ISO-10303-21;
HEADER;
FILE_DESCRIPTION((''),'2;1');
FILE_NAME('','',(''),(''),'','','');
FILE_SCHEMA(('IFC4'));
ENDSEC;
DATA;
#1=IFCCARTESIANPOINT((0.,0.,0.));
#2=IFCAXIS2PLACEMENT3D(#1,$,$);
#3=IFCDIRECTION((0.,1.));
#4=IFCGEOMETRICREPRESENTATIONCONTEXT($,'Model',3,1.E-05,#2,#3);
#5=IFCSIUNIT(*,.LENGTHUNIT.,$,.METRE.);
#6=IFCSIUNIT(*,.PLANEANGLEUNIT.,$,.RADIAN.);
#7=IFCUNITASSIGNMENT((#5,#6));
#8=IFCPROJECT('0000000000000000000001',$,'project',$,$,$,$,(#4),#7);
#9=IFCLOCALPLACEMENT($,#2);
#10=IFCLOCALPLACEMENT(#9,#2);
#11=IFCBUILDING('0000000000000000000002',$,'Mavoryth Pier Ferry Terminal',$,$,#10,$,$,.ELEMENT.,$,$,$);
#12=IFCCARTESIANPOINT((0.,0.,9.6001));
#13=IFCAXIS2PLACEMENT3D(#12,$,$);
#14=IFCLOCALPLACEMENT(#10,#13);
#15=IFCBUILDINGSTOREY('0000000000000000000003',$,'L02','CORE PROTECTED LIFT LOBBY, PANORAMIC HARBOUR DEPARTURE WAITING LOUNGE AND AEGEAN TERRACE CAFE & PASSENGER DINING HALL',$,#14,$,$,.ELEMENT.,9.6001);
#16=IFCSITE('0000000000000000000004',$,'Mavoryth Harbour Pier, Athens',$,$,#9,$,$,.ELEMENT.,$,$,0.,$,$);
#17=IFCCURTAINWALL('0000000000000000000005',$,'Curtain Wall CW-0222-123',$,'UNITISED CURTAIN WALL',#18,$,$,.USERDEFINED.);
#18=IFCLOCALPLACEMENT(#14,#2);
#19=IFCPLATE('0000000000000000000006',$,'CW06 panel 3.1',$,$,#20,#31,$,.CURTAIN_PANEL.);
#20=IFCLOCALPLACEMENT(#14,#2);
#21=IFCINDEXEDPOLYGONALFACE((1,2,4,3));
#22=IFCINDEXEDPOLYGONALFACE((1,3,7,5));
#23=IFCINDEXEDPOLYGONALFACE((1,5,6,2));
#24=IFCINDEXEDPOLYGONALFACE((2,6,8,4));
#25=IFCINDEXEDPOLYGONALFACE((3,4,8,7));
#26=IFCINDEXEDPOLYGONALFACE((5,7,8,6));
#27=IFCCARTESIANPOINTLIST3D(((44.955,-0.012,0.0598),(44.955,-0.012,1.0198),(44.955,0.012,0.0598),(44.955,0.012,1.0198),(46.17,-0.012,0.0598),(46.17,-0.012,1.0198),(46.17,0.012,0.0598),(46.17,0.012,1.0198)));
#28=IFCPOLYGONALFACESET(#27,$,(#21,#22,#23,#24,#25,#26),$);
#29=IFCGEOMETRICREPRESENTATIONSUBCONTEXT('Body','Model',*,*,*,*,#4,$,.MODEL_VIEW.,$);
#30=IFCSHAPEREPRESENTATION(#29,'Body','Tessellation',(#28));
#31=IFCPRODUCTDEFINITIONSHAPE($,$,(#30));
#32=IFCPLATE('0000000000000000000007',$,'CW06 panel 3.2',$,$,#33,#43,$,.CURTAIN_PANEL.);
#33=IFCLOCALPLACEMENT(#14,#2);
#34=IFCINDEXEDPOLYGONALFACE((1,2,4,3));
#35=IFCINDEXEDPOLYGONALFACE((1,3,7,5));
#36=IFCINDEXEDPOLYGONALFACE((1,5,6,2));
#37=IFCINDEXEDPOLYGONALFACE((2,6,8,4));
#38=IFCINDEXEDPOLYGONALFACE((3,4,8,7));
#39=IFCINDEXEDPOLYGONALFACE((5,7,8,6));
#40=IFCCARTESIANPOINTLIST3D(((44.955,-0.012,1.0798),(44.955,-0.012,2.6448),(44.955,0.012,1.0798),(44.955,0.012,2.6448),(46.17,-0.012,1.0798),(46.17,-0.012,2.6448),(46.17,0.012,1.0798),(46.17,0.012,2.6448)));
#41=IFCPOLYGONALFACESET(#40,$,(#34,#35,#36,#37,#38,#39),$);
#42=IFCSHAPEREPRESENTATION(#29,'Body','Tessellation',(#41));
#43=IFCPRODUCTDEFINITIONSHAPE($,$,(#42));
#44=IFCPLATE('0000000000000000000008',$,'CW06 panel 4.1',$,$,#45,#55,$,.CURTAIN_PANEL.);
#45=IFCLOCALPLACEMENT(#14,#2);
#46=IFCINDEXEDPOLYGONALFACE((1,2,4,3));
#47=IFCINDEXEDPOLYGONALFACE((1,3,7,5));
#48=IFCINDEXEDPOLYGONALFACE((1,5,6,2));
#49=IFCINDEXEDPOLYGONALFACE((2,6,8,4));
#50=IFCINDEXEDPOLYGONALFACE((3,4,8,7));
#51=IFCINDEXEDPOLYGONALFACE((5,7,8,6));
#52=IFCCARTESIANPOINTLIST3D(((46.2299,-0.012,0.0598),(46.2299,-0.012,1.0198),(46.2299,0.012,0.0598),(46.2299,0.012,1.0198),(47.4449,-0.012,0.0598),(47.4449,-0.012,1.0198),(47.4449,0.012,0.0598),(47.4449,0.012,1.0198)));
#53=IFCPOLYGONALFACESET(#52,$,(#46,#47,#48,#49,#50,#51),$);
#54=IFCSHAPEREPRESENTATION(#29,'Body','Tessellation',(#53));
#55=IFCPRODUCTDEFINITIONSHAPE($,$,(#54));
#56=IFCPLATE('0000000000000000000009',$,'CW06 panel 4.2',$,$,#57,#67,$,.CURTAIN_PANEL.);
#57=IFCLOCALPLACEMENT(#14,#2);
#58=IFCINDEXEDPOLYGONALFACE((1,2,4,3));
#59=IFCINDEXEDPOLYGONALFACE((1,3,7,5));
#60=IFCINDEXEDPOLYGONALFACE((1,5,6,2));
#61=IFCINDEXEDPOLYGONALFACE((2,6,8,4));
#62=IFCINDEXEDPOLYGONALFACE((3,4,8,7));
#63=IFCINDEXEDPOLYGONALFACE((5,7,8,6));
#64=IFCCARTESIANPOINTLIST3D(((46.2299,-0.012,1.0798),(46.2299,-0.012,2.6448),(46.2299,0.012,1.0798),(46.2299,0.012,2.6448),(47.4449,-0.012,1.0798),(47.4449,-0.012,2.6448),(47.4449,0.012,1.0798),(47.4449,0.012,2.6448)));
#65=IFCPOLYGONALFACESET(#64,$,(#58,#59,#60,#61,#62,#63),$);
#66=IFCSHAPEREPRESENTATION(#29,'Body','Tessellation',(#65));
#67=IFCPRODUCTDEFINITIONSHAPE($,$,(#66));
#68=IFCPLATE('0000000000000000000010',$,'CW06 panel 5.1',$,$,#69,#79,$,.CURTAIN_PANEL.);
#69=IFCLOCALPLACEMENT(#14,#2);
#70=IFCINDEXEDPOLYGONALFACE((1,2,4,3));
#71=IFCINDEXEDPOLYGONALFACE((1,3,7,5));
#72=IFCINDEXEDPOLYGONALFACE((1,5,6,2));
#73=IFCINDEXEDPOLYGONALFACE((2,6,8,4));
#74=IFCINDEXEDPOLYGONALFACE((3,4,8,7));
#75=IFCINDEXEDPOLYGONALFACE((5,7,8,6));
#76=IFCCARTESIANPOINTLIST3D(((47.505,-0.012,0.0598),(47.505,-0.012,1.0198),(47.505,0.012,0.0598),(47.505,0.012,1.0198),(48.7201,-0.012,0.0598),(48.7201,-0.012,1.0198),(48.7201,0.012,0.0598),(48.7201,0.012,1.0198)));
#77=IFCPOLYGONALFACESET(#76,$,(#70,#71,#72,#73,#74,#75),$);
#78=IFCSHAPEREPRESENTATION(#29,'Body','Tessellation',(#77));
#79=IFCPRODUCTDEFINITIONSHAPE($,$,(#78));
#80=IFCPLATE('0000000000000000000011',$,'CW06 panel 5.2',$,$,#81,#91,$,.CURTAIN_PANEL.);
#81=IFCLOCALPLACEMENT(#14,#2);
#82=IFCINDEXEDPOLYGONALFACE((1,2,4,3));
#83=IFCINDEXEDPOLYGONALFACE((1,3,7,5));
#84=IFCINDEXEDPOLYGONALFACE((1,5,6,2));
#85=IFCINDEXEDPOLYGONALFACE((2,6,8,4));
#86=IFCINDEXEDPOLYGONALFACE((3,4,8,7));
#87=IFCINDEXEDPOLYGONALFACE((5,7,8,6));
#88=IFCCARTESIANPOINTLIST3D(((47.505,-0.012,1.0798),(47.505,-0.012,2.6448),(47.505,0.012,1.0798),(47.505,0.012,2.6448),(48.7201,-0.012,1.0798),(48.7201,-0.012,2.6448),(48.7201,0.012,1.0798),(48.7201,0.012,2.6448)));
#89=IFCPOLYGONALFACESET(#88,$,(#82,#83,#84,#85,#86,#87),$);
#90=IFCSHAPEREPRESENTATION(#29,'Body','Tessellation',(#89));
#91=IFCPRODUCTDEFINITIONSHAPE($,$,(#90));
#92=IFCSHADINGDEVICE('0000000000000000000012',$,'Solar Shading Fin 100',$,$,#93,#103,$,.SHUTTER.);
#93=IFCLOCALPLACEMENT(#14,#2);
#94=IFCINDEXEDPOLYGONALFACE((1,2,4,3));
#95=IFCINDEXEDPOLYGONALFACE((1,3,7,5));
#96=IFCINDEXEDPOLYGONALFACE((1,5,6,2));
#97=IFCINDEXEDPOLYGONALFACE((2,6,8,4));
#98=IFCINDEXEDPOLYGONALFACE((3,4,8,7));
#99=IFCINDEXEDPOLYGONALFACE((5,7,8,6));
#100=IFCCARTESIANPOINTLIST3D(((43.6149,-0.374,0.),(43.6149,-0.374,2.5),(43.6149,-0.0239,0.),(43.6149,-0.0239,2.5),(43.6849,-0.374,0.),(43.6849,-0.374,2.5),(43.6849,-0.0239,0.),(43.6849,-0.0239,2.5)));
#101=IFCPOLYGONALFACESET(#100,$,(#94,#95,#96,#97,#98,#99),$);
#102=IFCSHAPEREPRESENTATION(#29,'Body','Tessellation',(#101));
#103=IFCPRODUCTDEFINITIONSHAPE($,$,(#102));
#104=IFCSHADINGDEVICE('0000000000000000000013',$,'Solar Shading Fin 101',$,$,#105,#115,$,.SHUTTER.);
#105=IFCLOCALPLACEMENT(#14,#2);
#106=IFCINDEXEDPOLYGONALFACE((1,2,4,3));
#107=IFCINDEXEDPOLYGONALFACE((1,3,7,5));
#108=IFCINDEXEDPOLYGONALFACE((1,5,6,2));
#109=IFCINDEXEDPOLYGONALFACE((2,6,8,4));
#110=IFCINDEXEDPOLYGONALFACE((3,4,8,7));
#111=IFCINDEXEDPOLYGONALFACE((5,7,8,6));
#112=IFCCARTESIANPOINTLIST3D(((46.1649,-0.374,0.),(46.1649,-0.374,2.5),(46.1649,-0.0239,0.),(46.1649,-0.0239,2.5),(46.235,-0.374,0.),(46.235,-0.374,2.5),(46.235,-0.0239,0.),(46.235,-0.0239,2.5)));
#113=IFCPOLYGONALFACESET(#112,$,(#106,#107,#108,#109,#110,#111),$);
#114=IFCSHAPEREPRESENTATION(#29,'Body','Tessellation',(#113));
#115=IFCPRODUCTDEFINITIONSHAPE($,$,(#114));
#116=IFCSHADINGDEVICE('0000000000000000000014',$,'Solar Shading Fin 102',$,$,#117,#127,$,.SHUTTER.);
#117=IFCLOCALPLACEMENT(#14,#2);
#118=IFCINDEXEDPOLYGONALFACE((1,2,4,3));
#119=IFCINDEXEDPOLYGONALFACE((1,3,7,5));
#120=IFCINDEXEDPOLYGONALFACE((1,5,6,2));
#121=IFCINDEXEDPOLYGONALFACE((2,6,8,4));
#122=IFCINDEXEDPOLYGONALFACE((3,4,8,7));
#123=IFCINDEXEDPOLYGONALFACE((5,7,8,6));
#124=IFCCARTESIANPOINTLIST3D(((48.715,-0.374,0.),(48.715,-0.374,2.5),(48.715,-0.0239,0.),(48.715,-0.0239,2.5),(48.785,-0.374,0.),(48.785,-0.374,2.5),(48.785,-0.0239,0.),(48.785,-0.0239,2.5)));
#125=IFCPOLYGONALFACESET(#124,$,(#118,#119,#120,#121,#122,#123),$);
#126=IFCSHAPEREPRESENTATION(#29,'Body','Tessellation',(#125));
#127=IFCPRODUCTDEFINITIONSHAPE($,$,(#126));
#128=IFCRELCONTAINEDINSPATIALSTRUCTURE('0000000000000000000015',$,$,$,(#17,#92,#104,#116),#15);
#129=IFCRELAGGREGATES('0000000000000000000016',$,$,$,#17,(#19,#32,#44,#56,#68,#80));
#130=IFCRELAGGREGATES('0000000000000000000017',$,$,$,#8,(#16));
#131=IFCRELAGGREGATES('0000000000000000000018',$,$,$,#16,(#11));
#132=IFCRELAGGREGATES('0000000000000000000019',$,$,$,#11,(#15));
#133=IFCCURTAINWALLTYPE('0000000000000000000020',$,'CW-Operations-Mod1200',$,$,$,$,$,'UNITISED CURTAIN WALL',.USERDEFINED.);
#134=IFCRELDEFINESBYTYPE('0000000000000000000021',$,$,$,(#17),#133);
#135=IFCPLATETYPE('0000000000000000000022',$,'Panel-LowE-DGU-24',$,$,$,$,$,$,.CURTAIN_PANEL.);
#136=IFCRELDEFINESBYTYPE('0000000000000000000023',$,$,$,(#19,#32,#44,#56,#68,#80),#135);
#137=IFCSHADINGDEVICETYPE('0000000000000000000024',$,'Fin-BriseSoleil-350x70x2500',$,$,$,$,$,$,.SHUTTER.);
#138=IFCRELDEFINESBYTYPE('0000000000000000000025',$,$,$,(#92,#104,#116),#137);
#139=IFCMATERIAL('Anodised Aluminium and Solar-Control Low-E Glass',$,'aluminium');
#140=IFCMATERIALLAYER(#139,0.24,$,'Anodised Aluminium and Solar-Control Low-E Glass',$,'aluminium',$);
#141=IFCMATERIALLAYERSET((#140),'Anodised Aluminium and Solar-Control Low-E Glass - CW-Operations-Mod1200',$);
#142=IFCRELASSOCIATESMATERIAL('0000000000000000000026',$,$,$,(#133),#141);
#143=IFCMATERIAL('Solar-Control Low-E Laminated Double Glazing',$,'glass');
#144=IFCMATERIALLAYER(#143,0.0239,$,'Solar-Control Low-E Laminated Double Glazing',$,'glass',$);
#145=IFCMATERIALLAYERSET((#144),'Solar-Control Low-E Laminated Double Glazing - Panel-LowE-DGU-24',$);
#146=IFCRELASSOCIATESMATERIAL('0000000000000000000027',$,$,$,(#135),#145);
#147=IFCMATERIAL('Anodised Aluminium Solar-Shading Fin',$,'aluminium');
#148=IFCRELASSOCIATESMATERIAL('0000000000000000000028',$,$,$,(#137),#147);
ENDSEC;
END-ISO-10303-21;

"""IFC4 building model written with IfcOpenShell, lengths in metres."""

from ifc_helpers import new_model, si_unit, direction, frame, origin, origin_2d, place, context, subcontext, project, spatial, rectangle, extrude, material, layer, layer_set, type_object, element, aggregate, save


model = new_model("IFC4")

# Units and contexts
model_context = context("Model", 3, precision=1e-05, world=origin(), true_north=direction((0.0, 1.0)))
body_context = subcontext(model_context, "Body", "Model", "MODEL_VIEW")
ifc_project = project(units=[si_unit("LENGTHUNIT", "METRE"), si_unit("PLANEANGLEUNIT", "RADIAN")], contexts=[model_context])

# Site, building, storey
site_placement = place(None, origin())
site = spatial("IfcSite", under=ifc_project, at=site_placement, Name="Mavoryth Harbour Pier, Athens", CompositionType="ELEMENT", RefElevation=0.0)
building_placement = place(site_placement, origin())
building = spatial("IfcBuilding", under=site, at=building_placement, Name="Mavoryth Pier Ferry Terminal", CompositionType="ELEMENT")
storey_placement = place(building_placement, frame((0.0, 0.0, 9.6001)))
storey = spatial("IfcBuildingStorey", under=building, at=storey_placement, Name="L02", Description="CORE PROTECTED LIFT LOBBY, PANORAMIC HARBOUR DEPARTURE WAITING LOUNGE AND AEGEAN TERRACE CAFE & PASSENGER DINING HALL", CompositionType="ELEMENT", Elevation=9.6001)

# Curtain wall
ifc_material_1 = material(Name="Anodised Aluminium and Solar-Control Low-E Glass", Category="aluminium")
ifc_layer_1 = layer(ifc_material_1, 0.24, Name="Anodised Aluminium and Solar-Control Low-E Glass", Category="aluminium")
ifc_layer_set_1 = layer_set([ifc_layer_1], Name="Anodised Aluminium and Solar-Control Low-E Glass - CW-Operations-Mod1200")
curtain_wall_type = type_object("IfcCurtainWallType", Name="CW-Operations-Mod1200", ElementType="UNITISED CURTAIN WALL", PredefinedType="USERDEFINED", material=ifc_layer_set_1)
curtain_wall_placement = place(storey_placement, origin())
curtain_wall = element("IfcCurtainWall", 1, at=curtain_wall_placement, inside=storey, type_object=curtain_wall_type, Name="Curtain Wall CW-0222-123", ObjectType="UNITISED CURTAIN WALL", PredefinedType="USERDEFINED")

# Plates
ifc_material_2 = material(Name="Solar-Control Low-E Laminated Double Glazing", Category="glass")
ifc_layer_2 = layer(ifc_material_2, 0.0239, Name="Solar-Control Low-E Laminated Double Glazing", Category="glass")
ifc_layer_set_2 = layer_set([ifc_layer_2], Name="Solar-Control Low-E Laminated Double Glazing - Panel-LowE-DGU-24")
plate_type = type_object("IfcPlateType", Name="Panel-LowE-DGU-24", PredefinedType="CURTAIN_PANEL", material=ifc_layer_set_2)
plate_1_placement = place(storey_placement, frame((45.5625, 0.0, 0.0598), z_axis=(0.0, 0.0, 1.0), x_axis=(1.0, 0.0, 0.0)))
plate_1 = element("IfcPlate", 2, at=plate_1_placement, type_object=plate_type, Name="CW06 panel 3.1", PredefinedType="CURTAIN_PANEL", context=body_context, shape_type="SweptSolid", body=[
    extrude(rectangle(XDim=1.2151, YDim=0.0239, at=origin_2d()), origin(), (0.0, 0.0, 1.0), 0.96),
])
plate_2_placement = place(storey_placement, frame((45.5625, 0.0, 1.0798), z_axis=(0.0, 0.0, 1.0), x_axis=(1.0, 0.0, 0.0)))
plate_2 = element("IfcPlate", 3, at=plate_2_placement, type_object=plate_type, Name="CW06 panel 3.2", PredefinedType="CURTAIN_PANEL", context=body_context, shape_type="SweptSolid", body=[
    extrude(rectangle(XDim=1.2151, YDim=0.0239, at=origin_2d()), origin(), (0.0, 0.0, 1.0), 1.5649),
])
plate_3_placement = place(storey_placement, frame((46.8374, 0.0, 0.0598), z_axis=(0.0, 0.0, 1.0), x_axis=(1.0, 0.0, 0.0)))
plate_3 = element("IfcPlate", 4, at=plate_3_placement, type_object=plate_type, Name="CW06 panel 4.1", PredefinedType="CURTAIN_PANEL", context=body_context, shape_type="SweptSolid", body=[
    extrude(rectangle(XDim=1.2151, YDim=0.0239, at=origin_2d()), origin(), (0.0, 0.0, 1.0), 0.96),
])
plate_4_placement = place(storey_placement, frame((46.8374, 0.0, 1.0798), z_axis=(0.0, 0.0, 1.0), x_axis=(1.0, 0.0, 0.0)))
plate_4 = element("IfcPlate", 5, at=plate_4_placement, type_object=plate_type, Name="CW06 panel 4.2", PredefinedType="CURTAIN_PANEL", context=body_context, shape_type="SweptSolid", body=[
    extrude(rectangle(XDim=1.2151, YDim=0.0239, at=origin_2d()), origin(), (0.0, 0.0, 1.0), 1.5649),
])
plate_5_placement = place(storey_placement, frame((48.1125, 0.0, 0.0598), z_axis=(0.0, 0.0, 1.0), x_axis=(1.0, 0.0, 0.0)))
plate_5 = element("IfcPlate", 6, at=plate_5_placement, type_object=plate_type, Name="CW06 panel 5.1", PredefinedType="CURTAIN_PANEL", context=body_context, shape_type="SweptSolid", body=[
    extrude(rectangle(XDim=1.2151, YDim=0.0239, at=origin_2d()), origin(), (0.0, 0.0, 1.0), 0.96),
])
plate_6_placement = place(storey_placement, frame((48.1125, 0.0, 1.0798), z_axis=(0.0, 0.0, 1.0), x_axis=(1.0, 0.0, 0.0)))
plate_6 = element("IfcPlate", 7, at=plate_6_placement, type_object=plate_type, Name="CW06 panel 5.2", PredefinedType="CURTAIN_PANEL", context=body_context, shape_type="SweptSolid", body=[
    extrude(rectangle(XDim=1.2151, YDim=0.0239, at=origin_2d()), origin(), (0.0, 0.0, 1.0), 1.5649),
])
aggregate(curtain_wall, [plate_1, plate_2, plate_3, plate_4, plate_5, plate_6])

# Shading devices
ifc_material_3 = material(Name="Anodised Aluminium Solar-Shading Fin", Category="aluminium")
shading_device_type = type_object("IfcShadingDeviceType", Name="Fin-BriseSoleil-350x70x2500", PredefinedType="SHUTTER", material=ifc_material_3)
for number, where, z_axis, x_axis, name in (
    (8, (43.6499, -0.199, 0.0), (0.0, 0.0, 1.0), (1.0, 0.0, 0.0), "Solar Shading Fin 100"),
    (9, (46.2, -0.199, 0.0), (0.0, 0.0, 1.0), (1.0, 0.0, 0.0), "Solar Shading Fin 101"),
    (10, (48.75, -0.199, 0.0), (0.0, 0.0, 1.0), (1.0, 0.0, 0.0), "Solar Shading Fin 102"),
):
    element("IfcShadingDevice", number, at=place(storey_placement, frame(where, z_axis=z_axis, x_axis=x_axis)), inside=storey, type_object=shading_device_type, Name=name, PredefinedType="SHUTTER", context=body_context, shape_type="SweptSolid", body=[
        extrude(rectangle(XDim=0.0701, YDim=0.3501, at=origin_2d()), origin(), (0.0, 0.0, 1.0), 2.5),
    ])

save(model, "model.ifc")
